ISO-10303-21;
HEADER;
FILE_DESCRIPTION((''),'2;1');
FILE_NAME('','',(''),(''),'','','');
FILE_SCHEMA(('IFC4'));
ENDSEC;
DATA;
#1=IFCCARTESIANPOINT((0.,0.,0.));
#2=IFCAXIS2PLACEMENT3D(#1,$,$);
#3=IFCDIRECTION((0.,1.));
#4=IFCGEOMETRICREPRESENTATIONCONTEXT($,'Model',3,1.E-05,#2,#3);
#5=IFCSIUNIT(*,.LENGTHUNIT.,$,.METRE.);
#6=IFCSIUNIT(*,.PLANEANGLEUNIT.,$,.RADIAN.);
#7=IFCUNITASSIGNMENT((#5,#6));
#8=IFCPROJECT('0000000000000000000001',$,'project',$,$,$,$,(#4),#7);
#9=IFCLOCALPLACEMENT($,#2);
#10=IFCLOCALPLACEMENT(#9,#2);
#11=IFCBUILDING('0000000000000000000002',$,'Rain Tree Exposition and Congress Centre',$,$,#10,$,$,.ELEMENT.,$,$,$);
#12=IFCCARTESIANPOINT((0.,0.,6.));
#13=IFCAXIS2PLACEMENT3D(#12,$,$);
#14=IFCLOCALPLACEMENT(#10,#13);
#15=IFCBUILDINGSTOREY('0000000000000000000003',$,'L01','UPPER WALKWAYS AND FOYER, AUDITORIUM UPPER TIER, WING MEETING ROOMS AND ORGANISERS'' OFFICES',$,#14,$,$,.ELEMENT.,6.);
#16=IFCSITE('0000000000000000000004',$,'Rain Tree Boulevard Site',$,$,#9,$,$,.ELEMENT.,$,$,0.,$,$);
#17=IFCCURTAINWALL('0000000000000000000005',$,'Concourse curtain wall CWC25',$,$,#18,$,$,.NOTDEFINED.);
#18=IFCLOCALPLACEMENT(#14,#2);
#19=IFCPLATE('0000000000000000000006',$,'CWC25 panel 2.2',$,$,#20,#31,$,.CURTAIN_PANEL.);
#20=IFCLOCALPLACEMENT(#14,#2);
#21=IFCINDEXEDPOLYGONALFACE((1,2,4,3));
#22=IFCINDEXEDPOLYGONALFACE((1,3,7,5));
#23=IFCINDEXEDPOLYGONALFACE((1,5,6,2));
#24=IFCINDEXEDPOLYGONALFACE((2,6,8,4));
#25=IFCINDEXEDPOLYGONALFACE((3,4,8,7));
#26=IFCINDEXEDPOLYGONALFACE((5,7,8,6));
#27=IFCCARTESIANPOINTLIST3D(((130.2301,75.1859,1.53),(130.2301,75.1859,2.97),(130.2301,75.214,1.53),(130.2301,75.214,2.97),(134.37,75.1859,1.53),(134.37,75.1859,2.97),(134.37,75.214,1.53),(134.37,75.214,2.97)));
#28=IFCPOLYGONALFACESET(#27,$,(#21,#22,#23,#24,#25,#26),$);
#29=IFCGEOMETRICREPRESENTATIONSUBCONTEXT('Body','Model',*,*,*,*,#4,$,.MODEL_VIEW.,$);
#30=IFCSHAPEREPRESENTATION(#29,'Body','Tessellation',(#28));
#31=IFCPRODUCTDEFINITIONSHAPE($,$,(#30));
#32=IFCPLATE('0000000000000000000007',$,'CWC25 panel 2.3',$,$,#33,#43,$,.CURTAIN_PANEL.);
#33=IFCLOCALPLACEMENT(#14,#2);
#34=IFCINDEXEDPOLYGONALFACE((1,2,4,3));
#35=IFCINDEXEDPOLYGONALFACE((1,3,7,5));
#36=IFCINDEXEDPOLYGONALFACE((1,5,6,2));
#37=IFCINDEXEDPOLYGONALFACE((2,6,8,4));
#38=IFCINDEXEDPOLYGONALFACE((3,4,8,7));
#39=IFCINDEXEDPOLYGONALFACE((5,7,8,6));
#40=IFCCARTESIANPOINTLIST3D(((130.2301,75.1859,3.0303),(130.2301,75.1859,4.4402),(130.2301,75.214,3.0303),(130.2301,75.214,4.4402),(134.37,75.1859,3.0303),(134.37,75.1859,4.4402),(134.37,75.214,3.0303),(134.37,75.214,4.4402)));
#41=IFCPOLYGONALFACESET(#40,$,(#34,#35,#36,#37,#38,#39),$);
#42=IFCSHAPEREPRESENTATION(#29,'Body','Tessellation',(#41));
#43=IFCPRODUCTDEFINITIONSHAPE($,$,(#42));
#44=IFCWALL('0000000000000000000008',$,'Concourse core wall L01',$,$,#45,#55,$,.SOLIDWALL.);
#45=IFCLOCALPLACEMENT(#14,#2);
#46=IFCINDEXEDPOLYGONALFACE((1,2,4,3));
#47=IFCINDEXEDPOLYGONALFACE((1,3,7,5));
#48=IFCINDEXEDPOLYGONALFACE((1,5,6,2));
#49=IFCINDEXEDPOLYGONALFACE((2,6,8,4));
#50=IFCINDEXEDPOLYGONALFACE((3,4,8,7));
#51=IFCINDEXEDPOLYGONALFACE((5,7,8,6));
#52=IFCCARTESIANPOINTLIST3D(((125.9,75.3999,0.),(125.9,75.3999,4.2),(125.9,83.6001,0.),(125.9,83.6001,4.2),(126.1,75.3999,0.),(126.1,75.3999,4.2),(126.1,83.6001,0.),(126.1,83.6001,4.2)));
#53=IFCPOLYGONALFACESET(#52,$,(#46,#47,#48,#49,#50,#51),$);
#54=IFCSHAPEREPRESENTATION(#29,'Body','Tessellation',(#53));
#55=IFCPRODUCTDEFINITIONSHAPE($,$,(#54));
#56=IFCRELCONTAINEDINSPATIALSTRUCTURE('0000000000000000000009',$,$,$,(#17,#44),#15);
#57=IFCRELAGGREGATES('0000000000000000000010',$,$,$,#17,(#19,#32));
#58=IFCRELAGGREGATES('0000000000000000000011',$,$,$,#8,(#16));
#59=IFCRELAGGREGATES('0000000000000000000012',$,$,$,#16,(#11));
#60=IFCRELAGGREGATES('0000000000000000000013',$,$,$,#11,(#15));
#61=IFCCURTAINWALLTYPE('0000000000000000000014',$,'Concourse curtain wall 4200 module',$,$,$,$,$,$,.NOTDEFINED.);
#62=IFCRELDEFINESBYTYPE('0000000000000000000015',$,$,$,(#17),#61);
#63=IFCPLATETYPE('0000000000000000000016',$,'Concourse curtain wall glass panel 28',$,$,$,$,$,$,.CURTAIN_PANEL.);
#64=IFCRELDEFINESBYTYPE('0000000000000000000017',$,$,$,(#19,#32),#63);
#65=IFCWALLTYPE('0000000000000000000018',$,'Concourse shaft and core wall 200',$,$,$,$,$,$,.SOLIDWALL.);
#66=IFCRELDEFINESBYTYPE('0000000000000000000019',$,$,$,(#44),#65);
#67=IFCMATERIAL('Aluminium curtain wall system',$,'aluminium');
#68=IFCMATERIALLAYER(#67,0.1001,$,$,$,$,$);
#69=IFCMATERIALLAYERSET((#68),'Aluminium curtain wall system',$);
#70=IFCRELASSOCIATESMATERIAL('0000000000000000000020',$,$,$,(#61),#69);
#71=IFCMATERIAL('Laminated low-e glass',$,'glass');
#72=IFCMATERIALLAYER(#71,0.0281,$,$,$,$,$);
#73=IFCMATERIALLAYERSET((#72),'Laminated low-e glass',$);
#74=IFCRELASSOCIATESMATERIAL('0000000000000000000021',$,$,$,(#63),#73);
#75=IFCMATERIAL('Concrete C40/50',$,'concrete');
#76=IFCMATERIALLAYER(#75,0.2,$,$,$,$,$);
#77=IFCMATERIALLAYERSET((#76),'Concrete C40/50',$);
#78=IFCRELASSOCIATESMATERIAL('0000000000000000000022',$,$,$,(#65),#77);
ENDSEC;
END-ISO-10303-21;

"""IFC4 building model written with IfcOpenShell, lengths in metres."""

from ifc_helpers import new_model, si_unit, direction, frame, frame_2d, origin, origin_2d, place, context, subcontext, project, spatial, rectangle, extrude, material, layer, layer_set, type_object, element, aggregate, save


model = new_model("IFC4")

# Units and contexts
model_context = context("Model", 3, precision=1e-05, world=origin(), true_north=direction((0.0, 1.0)))
body_context = subcontext(model_context, "Body", "Model", "MODEL_VIEW")
ifc_project = project(units=[si_unit("LENGTHUNIT", "METRE"), si_unit("PLANEANGLEUNIT", "RADIAN")], contexts=[model_context])

# Site, building, storey
site_placement = place(None, origin())
site = spatial("IfcSite", under=ifc_project, at=site_placement, Name="Rain Tree Boulevard Site", CompositionType="ELEMENT", RefElevation=0.0)
building_placement = place(site_placement, origin())
building = spatial("IfcBuilding", under=site, at=building_placement, Name="Rain Tree Exposition and Congress Centre", CompositionType="ELEMENT")
storey_placement = place(building_placement, frame((0.0, 0.0, 6.0)))
storey = spatial("IfcBuildingStorey", under=building, at=storey_placement, Name="L01", Description="UPPER WALKWAYS AND FOYER, AUDITORIUM UPPER TIER, WING MEETING ROOMS AND ORGANISERS' OFFICES", CompositionType="ELEMENT", Elevation=6.0)

# Curtain wall, plates
ifc_material_1 = material(Name="Aluminium curtain wall system", Category="aluminium")
ifc_layer_1 = layer(ifc_material_1, 0.1001)
ifc_layer_set_1 = layer_set([ifc_layer_1], Name="Aluminium curtain wall system")
curtain_wall_type = type_object("IfcCurtainWallType", Name="Concourse curtain wall 4200 module", PredefinedType="NOTDEFINED", material=ifc_layer_set_1)
curtain_wall_placement = place(storey_placement, origin())
curtain_wall = element("IfcCurtainWall", 1, at=curtain_wall_placement, inside=storey, type_object=curtain_wall_type, Name="Concourse curtain wall CWC25", PredefinedType="NOTDEFINED")
ifc_material_2 = material(Name="Laminated low-e glass", Category="glass")
ifc_layer_2 = layer(ifc_material_2, 0.0281)
ifc_layer_set_2 = layer_set([ifc_layer_2], Name="Laminated low-e glass")
plate_type = type_object("IfcPlateType", Name="Concourse curtain wall glass panel 28", PredefinedType="CURTAIN_PANEL", material=ifc_layer_set_2)
plate_1_placement = place(storey_placement, frame((132.3, 75.2, 1.53), z_axis=(0.0, 0.0, 1.0), x_axis=(1.0, 0.0, 0.0)))
plate_1 = element("IfcPlate", 2, at=plate_1_placement, type_object=plate_type, Name="CWC25 panel 2.2", PredefinedType="CURTAIN_PANEL", context=body_context, shape_type="SweptSolid", body=[
    extrude(rectangle(XDim=4.1399, YDim=0.0281, at=origin_2d()), origin(), (0.0, 0.0, 1.0), 1.4399),
])
plate_2_placement = place(storey_placement, frame((132.3, 75.2, 3.0303), z_axis=(0.0, 0.0, 1.0), x_axis=(1.0, 0.0, 0.0)))
plate_2 = element("IfcPlate", 3, at=plate_2_placement, type_object=plate_type, Name="CWC25 panel 2.3", PredefinedType="CURTAIN_PANEL", context=body_context, shape_type="SweptSolid", body=[
    extrude(rectangle(XDim=4.1399, YDim=0.0281, at=origin_2d()), origin(), (0.0, 0.0, 1.0), 1.4099),
])
aggregate(curtain_wall, [plate_1, plate_2])

# Shared definitions
ifc_material_3 = material(Name="Concrete C40/50", Category="concrete")
ifc_layer_3 = layer(ifc_material_3, 0.2)
ifc_layer_set_3 = layer_set([ifc_layer_3], Name="Concrete C40/50")
wall_type = type_object("IfcWallType", Name="Concourse shaft and core wall 200", PredefinedType="SOLIDWALL", material=ifc_layer_set_3)

# Wall
wall_1_placement = place(storey_placement, frame((126.0, 75.3999, 0.0), z_axis=(0.0, 0.0, 1.0), x_axis=(0.0, 1.0, 0.0)))
element("IfcWall", 4, at=wall_1_placement, inside=storey, type_object=wall_type, Name="Concourse core wall L01", PredefinedType="SOLIDWALL", context=body_context, shape_type="SweptSolid", body=[
    extrude(rectangle(XDim=8.2002, YDim=0.2, at=frame_2d((4.1001, 0.0))), origin(), (0.0, 0.0, 1.0), 4.2),
])

save(model, "model.ifc")
